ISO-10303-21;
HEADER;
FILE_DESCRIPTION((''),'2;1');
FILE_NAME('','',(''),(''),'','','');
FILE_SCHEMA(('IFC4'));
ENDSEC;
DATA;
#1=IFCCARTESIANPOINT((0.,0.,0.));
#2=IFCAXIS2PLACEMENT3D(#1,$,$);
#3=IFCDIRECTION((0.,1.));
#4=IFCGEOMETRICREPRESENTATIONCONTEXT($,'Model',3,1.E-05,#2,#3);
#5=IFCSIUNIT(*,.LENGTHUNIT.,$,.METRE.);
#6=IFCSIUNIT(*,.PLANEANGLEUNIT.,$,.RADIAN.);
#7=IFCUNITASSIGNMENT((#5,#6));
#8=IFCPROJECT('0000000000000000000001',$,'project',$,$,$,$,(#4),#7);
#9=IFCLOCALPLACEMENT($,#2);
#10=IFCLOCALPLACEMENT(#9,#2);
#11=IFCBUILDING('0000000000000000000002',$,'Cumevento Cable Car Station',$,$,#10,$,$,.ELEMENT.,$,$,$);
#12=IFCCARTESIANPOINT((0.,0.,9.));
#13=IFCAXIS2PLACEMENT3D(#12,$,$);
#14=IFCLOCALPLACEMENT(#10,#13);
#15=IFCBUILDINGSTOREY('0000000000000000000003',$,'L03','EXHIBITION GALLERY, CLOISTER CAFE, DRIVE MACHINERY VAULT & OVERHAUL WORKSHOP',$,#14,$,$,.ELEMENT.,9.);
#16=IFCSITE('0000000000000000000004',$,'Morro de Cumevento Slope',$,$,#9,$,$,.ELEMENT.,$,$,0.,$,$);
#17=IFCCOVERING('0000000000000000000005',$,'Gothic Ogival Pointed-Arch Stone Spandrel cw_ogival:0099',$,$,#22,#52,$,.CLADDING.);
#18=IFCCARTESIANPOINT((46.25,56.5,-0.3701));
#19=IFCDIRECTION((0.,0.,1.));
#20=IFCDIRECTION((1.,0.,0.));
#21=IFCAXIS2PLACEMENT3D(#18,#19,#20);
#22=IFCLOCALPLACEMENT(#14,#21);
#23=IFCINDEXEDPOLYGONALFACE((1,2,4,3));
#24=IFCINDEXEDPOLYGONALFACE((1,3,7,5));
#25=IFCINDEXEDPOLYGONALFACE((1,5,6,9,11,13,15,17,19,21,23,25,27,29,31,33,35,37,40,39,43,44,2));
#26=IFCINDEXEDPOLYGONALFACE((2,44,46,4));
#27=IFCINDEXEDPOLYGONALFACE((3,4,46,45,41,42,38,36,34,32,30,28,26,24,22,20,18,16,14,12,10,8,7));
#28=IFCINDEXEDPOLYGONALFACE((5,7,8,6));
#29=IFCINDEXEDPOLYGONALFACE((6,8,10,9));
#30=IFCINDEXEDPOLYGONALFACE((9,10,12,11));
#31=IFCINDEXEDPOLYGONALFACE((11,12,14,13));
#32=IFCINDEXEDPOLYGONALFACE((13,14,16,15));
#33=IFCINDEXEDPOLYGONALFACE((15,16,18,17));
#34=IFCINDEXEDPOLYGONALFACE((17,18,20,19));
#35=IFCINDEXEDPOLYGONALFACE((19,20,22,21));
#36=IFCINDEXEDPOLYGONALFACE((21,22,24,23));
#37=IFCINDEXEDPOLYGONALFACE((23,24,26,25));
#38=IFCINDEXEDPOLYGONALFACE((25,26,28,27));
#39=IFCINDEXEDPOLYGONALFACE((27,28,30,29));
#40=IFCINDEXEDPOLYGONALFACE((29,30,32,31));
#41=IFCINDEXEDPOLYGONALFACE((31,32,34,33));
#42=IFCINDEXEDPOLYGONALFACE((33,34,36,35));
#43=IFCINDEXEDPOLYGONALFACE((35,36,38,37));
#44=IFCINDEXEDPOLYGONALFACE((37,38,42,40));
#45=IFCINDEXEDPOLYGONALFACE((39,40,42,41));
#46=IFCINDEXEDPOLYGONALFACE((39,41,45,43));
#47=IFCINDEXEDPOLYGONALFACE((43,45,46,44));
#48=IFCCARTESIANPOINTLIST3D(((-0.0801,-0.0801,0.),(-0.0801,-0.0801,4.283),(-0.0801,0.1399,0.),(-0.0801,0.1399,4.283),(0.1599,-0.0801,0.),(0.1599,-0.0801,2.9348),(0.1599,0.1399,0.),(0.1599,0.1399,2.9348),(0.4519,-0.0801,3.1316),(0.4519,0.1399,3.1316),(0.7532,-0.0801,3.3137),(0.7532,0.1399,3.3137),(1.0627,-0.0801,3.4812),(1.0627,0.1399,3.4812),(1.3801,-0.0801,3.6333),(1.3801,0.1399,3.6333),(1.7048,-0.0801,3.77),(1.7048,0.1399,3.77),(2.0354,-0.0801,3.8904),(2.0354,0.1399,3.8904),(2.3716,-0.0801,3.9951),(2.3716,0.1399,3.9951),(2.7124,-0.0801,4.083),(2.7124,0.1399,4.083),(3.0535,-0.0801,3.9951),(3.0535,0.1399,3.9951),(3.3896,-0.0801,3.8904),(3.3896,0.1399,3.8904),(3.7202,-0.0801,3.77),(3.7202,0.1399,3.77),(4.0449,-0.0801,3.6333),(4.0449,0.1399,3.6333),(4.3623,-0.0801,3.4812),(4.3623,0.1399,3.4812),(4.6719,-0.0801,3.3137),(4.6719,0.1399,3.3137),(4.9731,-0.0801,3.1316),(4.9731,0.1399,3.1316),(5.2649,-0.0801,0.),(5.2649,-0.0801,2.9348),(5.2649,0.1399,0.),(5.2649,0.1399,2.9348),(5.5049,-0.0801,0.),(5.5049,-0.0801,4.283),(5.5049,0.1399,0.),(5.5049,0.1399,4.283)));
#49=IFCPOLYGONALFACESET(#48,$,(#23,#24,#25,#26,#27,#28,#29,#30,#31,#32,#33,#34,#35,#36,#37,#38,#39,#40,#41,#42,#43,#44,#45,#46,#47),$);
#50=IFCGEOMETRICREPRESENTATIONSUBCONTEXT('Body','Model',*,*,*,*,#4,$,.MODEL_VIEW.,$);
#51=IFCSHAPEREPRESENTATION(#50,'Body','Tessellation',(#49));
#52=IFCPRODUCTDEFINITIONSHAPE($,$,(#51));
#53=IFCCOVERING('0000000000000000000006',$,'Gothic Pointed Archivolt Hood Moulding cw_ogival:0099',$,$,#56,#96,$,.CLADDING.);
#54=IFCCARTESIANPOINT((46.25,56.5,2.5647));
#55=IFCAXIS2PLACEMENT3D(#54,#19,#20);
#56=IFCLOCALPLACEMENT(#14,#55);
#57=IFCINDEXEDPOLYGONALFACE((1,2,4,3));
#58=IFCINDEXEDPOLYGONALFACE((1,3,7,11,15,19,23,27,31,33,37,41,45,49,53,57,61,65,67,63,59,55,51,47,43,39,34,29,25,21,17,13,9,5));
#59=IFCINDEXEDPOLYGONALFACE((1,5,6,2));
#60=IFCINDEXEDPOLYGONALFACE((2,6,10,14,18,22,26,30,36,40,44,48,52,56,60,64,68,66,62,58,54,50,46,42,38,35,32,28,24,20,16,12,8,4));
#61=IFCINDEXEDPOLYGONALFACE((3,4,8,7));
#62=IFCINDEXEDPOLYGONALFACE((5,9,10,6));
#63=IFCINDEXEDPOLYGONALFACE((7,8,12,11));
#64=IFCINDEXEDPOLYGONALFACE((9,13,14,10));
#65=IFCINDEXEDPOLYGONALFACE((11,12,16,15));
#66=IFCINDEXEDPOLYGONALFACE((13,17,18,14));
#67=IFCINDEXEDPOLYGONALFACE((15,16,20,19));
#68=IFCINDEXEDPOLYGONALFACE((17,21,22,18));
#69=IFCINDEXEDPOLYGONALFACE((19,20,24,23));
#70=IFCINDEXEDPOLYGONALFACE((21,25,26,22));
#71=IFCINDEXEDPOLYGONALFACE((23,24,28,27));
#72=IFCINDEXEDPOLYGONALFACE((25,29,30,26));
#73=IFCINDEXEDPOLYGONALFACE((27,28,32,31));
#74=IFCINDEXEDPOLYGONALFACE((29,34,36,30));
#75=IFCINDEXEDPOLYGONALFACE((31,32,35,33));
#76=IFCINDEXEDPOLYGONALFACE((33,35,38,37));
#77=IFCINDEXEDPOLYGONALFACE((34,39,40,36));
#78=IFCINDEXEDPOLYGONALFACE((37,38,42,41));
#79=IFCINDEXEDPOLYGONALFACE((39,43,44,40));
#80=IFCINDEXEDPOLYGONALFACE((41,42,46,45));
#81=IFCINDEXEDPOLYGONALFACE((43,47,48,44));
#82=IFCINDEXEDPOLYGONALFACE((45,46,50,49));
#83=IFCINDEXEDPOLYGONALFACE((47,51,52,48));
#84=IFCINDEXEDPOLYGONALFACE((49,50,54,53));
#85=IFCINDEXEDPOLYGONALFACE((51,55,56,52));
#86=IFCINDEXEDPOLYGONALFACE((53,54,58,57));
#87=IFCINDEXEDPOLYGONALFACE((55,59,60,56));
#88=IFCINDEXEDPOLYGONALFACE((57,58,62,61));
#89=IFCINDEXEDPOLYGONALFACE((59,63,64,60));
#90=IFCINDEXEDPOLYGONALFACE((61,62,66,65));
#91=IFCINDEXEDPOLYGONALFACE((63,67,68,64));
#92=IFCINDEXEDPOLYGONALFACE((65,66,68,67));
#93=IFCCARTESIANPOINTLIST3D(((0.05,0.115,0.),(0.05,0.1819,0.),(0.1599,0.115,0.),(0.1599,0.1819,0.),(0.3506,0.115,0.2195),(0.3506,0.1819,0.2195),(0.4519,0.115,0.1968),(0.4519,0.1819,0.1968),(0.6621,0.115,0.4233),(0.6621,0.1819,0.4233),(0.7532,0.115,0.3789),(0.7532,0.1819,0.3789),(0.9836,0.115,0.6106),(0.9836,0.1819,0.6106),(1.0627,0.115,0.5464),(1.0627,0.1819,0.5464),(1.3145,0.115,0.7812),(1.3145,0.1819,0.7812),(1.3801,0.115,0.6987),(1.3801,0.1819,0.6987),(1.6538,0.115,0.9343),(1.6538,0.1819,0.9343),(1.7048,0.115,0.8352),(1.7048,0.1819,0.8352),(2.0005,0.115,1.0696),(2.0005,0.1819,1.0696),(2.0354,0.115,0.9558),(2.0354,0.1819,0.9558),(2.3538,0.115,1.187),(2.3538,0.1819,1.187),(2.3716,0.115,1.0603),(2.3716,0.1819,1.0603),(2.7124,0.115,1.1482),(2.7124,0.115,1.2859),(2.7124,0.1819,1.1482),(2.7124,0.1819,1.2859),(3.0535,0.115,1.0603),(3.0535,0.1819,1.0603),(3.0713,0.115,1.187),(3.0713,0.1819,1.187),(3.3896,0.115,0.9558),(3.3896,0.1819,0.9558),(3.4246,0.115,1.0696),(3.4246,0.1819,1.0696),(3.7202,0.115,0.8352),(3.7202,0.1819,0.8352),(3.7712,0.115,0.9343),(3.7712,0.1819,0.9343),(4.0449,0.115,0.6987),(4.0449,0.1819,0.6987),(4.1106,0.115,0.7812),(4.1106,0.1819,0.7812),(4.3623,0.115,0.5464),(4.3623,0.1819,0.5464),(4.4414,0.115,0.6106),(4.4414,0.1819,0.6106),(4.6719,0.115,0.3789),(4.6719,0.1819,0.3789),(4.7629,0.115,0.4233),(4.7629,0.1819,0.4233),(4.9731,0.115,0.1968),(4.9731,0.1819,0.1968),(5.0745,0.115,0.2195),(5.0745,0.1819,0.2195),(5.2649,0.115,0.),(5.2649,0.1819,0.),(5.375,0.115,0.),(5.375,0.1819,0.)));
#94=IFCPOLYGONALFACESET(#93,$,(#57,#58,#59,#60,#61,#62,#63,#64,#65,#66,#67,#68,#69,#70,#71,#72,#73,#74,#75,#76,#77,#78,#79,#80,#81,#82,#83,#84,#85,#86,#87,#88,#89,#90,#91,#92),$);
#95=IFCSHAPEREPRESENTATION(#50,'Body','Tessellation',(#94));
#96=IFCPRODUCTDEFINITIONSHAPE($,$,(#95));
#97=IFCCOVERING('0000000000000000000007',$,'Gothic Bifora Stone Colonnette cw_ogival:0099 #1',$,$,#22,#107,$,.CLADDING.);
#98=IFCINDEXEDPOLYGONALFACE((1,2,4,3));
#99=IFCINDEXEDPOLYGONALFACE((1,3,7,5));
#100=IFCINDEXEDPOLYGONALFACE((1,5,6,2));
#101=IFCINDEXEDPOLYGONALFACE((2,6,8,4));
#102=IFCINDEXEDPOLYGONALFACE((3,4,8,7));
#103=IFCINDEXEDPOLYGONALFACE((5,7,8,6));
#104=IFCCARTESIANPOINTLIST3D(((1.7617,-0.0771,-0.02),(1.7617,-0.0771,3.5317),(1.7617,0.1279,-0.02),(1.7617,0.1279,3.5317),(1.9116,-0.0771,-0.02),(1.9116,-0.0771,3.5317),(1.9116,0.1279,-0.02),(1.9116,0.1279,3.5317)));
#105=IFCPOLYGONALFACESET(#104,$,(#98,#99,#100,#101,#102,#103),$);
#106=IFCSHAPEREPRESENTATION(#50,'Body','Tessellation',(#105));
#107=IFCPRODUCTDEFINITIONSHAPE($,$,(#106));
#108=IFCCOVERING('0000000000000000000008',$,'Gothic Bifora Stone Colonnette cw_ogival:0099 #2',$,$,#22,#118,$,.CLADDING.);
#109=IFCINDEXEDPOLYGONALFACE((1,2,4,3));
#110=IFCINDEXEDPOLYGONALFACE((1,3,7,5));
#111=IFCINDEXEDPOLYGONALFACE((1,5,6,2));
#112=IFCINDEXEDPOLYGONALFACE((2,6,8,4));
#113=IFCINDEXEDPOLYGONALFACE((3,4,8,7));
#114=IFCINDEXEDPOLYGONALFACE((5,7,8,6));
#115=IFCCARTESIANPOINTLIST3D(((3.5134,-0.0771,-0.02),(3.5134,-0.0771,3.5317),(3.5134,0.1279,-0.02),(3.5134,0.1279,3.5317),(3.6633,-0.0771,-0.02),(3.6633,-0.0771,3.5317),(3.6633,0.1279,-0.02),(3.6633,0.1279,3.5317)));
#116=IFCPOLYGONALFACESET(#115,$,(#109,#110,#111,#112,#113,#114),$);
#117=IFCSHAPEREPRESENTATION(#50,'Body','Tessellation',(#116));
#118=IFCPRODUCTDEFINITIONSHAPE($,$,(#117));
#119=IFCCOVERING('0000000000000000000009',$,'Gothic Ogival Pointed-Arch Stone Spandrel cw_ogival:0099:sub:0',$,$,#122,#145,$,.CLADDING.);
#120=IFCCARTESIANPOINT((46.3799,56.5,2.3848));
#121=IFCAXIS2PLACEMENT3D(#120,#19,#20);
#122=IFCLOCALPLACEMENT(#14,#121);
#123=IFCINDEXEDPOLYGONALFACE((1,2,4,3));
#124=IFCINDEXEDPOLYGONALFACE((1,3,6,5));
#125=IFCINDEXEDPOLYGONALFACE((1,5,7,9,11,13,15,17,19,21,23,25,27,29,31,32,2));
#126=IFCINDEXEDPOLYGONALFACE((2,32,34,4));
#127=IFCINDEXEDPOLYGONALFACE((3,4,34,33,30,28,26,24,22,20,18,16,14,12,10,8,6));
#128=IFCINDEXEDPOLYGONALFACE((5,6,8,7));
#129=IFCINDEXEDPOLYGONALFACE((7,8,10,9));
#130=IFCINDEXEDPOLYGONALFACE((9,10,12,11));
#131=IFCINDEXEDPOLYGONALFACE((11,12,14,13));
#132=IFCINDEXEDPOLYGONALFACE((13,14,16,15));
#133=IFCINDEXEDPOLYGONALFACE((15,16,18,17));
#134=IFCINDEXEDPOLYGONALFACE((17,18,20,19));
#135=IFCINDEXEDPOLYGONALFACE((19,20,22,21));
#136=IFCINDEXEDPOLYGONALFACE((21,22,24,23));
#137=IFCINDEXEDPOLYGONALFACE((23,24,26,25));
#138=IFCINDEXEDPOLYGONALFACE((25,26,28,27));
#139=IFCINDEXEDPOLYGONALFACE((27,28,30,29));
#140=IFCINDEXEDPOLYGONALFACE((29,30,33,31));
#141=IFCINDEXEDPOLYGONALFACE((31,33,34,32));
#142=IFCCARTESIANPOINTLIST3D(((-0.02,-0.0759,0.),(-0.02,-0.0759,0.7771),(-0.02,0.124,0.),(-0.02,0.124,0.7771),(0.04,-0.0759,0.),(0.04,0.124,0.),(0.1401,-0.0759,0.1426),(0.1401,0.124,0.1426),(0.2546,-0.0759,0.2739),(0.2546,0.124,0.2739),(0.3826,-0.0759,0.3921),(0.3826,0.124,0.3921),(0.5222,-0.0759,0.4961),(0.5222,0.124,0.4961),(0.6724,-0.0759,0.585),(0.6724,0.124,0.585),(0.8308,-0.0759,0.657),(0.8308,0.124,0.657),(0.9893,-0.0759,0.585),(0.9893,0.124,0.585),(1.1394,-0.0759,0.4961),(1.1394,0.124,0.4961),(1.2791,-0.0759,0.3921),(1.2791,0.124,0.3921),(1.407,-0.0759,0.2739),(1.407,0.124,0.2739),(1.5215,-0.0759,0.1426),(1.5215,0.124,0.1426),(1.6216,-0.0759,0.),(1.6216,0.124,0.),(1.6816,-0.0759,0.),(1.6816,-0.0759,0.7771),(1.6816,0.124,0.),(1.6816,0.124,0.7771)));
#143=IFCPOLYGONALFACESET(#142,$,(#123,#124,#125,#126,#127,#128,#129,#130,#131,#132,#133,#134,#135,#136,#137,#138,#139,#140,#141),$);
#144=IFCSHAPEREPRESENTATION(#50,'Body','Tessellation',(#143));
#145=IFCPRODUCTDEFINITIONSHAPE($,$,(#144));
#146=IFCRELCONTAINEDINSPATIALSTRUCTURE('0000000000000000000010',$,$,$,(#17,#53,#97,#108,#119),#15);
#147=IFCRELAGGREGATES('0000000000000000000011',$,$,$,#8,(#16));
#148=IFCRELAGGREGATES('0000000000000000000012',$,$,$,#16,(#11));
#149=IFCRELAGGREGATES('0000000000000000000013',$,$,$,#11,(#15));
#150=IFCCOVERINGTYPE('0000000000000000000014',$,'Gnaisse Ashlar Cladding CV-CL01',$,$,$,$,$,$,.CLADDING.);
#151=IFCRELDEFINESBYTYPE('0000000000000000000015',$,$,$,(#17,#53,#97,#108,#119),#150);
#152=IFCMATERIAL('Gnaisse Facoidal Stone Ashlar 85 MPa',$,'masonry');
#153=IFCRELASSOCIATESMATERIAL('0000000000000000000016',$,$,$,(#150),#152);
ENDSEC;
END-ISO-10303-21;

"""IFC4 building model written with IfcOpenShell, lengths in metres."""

from ifc_helpers import new_model, si_unit, direction, frame, origin, place, context, subcontext, project, spatial, polyline, outline, extrude, material, type_object, element, save


model = new_model("IFC4")

# Units and contexts
model_context = context("Model", 3, precision=1e-05, world=origin(), true_north=direction((0.0, 1.0)))
body_context = subcontext(model_context, "Body", "Model", "MODEL_VIEW")
ifc_project = project(units=[si_unit("LENGTHUNIT", "METRE"), si_unit("PLANEANGLEUNIT", "RADIAN")], contexts=[model_context])

# Site, building, storey
site_placement = place(None, origin())
site = spatial("IfcSite", under=ifc_project, at=site_placement, Name="Morro de Cumevento Slope", CompositionType="ELEMENT", RefElevation=0.0)
building_placement = place(site_placement, origin())
building = spatial("IfcBuilding", under=site, at=building_placement, Name="Cumevento Cable Car Station", CompositionType="ELEMENT")
storey_placement = place(building_placement, frame((0.0, 0.0, 9.0)))
storey = spatial("IfcBuildingStorey", under=building, at=storey_placement, Name="L03", Description="EXHIBITION GALLERY, CLOISTER CAFE, DRIVE MACHINERY VAULT & OVERHAUL WORKSHOP", CompositionType="ELEMENT", Elevation=9.0)

# Coverings
ifc_material_1 = material(Name="Gnaisse Facoidal Stone Ashlar 85 MPa", Category="masonry")
covering_type = type_object("IfcCoveringType", Name="Gnaisse Ashlar Cladding CV-CL01", PredefinedType="CLADDING", material=ifc_material_1)
placement = place(storey_placement, frame((46.25, 56.5, -0.3701), z_axis=(0.0, 0.0, 1.0), x_axis=(1.0, 0.0, 0.0)))
element("IfcCovering", 1, at=placement, inside=storey, type_object=covering_type, Name="Gothic Ogival Pointed-Arch Stone Spandrel cw_ogival:0099", PredefinedType="CLADDING", context=body_context, shape_type="SweptSolid", body=[
    extrude(outline(polyline([(-0.0801, 0.0), (-0.0801, 4.283), (5.5049, 4.283), (5.5049, 0.0), (5.2649, 0.0), (5.2649, 2.9348), (4.9731, 3.1316), (4.6719, 3.3137), (4.3623, 3.4812), (4.0449, 3.6333), (3.7202, 3.77), (3.3896, 3.8904), (3.0535, 3.9951), (2.7124, 4.083), (2.3716, 3.9951), (2.0354, 3.8904), (1.7048, 3.77), (1.3801, 3.6333), (1.0627, 3.4812), (0.7532, 3.3137), (0.4519, 3.1316), (0.1599, 2.9348), (0.1599, 0.0), (-0.0801, 0.0)])), frame((0.0, 0.1399, 0.0), z_axis=(0.0, -1.0, 0.0), x_axis=(1.0, 0.0, 0.0)), (0.0, 0.0, 1.0), 0.22),
])
covering_1_placement = place(storey_placement, frame((46.25, 56.5, 2.5647), z_axis=(0.0, 0.0, 1.0), x_axis=(1.0, 0.0, 0.0)))
element("IfcCovering", 2, at=covering_1_placement, inside=storey, type_object=covering_type, Name="Gothic Pointed Archivolt Hood Moulding cw_ogival:0099", PredefinedType="CLADDING", context=body_context, shape_type="SweptSolid", body=[
    extrude(outline(polyline([(0.1599, 0.0), (0.4519, 0.1968), (0.7532, 0.3789), (1.0627, 0.5464), (1.3801, 0.6987), (1.7048, 0.8352), (2.0354, 0.9558), (2.3716, 1.0603), (2.7124, 1.1482), (3.0535, 1.0603), (3.3896, 0.9558), (3.7202, 0.8352), (4.0449, 0.6987), (4.3623, 0.5464), (4.6719, 0.3789), (4.9731, 0.1968), (5.2649, 0.0), (5.375, 0.0), (5.0745, 0.2195), (4.7629, 0.4233), (4.4414, 0.6106), (4.1106, 0.7812), (3.7712, 0.9343), (3.4246, 1.0696), (3.0713, 1.187), (2.7124, 1.2859), (2.3538, 1.187), (2.0005, 1.0696), (1.6538, 0.9343), (1.3145, 0.7812), (0.9836, 0.6106), (0.6621, 0.4233), (0.3506, 0.2195), (0.05, 0.0), (0.1599, 0.0)])), frame((0.0, 0.1819, 0.0), z_axis=(0.0, -1.0, 0.0), x_axis=(1.0, 0.0, 0.0)), (0.0, 0.0, 1.0), 0.0669),
])
element("IfcCovering", 3, at=placement, inside=storey, type_object=covering_type, Name="Gothic Bifora Stone Colonnette cw_ogival:0099 #1", PredefinedType="CLADDING", context=body_context, shape_type="SweptSolid", body=[
    extrude(outline(polyline([(1.7617, -0.02), (1.9116, -0.02), (1.9116, 3.5317), (1.7617, 3.5317), (1.7617, -0.02)])), frame((0.0, 0.1279, 0.0), z_axis=(0.0, -1.0, 0.0), x_axis=(1.0, 0.0, 0.0)), (0.0, 0.0, 1.0), 0.2051),
])
element("IfcCovering", 4, at=placement, inside=storey, type_object=covering_type, Name="Gothic Bifora Stone Colonnette cw_ogival:0099 #2", PredefinedType="CLADDING", context=body_context, shape_type="SweptSolid", body=[
    extrude(outline(polyline([(3.5134, -0.02), (3.6633, -0.02), (3.6633, 3.5317), (3.5134, 3.5317), (3.5134, -0.02)])), frame((0.0, 0.1279, 0.0), z_axis=(0.0, -1.0, 0.0), x_axis=(1.0, 0.0, 0.0)), (0.0, 0.0, 1.0), 0.2051),
])
covering_2_placement = place(storey_placement, frame((46.3799, 56.5, 2.3848), z_axis=(0.0, 0.0, 1.0), x_axis=(1.0, 0.0, 0.0)))
element("IfcCovering", 5, at=covering_2_placement, inside=storey, type_object=covering_type, Name="Gothic Ogival Pointed-Arch Stone Spandrel cw_ogival:0099:sub:0", PredefinedType="CLADDING", context=body_context, shape_type="SweptSolid", body=[
    extrude(outline(polyline([(-0.02, 0.0), (-0.02, 0.7771), (1.6816, 0.7771), (1.6816, 0.0), (1.6216, 0.0), (1.5215, 0.1426), (1.407, 0.2739), (1.2791, 0.3921), (1.1394, 0.4961), (0.9893, 0.585), (0.8308, 0.657), (0.6724, 0.585), (0.5222, 0.4961), (0.3826, 0.3921), (0.2546, 0.2739), (0.1401, 0.1426), (0.04, 0.0), (-0.02, 0.0)])), frame((0.0, 0.124, 0.0), z_axis=(0.0, -1.0, 0.0), x_axis=(1.0, 0.0, 0.0)), (0.0, 0.0, 1.0), 0.2),
])

save(model, "model.ifc")
